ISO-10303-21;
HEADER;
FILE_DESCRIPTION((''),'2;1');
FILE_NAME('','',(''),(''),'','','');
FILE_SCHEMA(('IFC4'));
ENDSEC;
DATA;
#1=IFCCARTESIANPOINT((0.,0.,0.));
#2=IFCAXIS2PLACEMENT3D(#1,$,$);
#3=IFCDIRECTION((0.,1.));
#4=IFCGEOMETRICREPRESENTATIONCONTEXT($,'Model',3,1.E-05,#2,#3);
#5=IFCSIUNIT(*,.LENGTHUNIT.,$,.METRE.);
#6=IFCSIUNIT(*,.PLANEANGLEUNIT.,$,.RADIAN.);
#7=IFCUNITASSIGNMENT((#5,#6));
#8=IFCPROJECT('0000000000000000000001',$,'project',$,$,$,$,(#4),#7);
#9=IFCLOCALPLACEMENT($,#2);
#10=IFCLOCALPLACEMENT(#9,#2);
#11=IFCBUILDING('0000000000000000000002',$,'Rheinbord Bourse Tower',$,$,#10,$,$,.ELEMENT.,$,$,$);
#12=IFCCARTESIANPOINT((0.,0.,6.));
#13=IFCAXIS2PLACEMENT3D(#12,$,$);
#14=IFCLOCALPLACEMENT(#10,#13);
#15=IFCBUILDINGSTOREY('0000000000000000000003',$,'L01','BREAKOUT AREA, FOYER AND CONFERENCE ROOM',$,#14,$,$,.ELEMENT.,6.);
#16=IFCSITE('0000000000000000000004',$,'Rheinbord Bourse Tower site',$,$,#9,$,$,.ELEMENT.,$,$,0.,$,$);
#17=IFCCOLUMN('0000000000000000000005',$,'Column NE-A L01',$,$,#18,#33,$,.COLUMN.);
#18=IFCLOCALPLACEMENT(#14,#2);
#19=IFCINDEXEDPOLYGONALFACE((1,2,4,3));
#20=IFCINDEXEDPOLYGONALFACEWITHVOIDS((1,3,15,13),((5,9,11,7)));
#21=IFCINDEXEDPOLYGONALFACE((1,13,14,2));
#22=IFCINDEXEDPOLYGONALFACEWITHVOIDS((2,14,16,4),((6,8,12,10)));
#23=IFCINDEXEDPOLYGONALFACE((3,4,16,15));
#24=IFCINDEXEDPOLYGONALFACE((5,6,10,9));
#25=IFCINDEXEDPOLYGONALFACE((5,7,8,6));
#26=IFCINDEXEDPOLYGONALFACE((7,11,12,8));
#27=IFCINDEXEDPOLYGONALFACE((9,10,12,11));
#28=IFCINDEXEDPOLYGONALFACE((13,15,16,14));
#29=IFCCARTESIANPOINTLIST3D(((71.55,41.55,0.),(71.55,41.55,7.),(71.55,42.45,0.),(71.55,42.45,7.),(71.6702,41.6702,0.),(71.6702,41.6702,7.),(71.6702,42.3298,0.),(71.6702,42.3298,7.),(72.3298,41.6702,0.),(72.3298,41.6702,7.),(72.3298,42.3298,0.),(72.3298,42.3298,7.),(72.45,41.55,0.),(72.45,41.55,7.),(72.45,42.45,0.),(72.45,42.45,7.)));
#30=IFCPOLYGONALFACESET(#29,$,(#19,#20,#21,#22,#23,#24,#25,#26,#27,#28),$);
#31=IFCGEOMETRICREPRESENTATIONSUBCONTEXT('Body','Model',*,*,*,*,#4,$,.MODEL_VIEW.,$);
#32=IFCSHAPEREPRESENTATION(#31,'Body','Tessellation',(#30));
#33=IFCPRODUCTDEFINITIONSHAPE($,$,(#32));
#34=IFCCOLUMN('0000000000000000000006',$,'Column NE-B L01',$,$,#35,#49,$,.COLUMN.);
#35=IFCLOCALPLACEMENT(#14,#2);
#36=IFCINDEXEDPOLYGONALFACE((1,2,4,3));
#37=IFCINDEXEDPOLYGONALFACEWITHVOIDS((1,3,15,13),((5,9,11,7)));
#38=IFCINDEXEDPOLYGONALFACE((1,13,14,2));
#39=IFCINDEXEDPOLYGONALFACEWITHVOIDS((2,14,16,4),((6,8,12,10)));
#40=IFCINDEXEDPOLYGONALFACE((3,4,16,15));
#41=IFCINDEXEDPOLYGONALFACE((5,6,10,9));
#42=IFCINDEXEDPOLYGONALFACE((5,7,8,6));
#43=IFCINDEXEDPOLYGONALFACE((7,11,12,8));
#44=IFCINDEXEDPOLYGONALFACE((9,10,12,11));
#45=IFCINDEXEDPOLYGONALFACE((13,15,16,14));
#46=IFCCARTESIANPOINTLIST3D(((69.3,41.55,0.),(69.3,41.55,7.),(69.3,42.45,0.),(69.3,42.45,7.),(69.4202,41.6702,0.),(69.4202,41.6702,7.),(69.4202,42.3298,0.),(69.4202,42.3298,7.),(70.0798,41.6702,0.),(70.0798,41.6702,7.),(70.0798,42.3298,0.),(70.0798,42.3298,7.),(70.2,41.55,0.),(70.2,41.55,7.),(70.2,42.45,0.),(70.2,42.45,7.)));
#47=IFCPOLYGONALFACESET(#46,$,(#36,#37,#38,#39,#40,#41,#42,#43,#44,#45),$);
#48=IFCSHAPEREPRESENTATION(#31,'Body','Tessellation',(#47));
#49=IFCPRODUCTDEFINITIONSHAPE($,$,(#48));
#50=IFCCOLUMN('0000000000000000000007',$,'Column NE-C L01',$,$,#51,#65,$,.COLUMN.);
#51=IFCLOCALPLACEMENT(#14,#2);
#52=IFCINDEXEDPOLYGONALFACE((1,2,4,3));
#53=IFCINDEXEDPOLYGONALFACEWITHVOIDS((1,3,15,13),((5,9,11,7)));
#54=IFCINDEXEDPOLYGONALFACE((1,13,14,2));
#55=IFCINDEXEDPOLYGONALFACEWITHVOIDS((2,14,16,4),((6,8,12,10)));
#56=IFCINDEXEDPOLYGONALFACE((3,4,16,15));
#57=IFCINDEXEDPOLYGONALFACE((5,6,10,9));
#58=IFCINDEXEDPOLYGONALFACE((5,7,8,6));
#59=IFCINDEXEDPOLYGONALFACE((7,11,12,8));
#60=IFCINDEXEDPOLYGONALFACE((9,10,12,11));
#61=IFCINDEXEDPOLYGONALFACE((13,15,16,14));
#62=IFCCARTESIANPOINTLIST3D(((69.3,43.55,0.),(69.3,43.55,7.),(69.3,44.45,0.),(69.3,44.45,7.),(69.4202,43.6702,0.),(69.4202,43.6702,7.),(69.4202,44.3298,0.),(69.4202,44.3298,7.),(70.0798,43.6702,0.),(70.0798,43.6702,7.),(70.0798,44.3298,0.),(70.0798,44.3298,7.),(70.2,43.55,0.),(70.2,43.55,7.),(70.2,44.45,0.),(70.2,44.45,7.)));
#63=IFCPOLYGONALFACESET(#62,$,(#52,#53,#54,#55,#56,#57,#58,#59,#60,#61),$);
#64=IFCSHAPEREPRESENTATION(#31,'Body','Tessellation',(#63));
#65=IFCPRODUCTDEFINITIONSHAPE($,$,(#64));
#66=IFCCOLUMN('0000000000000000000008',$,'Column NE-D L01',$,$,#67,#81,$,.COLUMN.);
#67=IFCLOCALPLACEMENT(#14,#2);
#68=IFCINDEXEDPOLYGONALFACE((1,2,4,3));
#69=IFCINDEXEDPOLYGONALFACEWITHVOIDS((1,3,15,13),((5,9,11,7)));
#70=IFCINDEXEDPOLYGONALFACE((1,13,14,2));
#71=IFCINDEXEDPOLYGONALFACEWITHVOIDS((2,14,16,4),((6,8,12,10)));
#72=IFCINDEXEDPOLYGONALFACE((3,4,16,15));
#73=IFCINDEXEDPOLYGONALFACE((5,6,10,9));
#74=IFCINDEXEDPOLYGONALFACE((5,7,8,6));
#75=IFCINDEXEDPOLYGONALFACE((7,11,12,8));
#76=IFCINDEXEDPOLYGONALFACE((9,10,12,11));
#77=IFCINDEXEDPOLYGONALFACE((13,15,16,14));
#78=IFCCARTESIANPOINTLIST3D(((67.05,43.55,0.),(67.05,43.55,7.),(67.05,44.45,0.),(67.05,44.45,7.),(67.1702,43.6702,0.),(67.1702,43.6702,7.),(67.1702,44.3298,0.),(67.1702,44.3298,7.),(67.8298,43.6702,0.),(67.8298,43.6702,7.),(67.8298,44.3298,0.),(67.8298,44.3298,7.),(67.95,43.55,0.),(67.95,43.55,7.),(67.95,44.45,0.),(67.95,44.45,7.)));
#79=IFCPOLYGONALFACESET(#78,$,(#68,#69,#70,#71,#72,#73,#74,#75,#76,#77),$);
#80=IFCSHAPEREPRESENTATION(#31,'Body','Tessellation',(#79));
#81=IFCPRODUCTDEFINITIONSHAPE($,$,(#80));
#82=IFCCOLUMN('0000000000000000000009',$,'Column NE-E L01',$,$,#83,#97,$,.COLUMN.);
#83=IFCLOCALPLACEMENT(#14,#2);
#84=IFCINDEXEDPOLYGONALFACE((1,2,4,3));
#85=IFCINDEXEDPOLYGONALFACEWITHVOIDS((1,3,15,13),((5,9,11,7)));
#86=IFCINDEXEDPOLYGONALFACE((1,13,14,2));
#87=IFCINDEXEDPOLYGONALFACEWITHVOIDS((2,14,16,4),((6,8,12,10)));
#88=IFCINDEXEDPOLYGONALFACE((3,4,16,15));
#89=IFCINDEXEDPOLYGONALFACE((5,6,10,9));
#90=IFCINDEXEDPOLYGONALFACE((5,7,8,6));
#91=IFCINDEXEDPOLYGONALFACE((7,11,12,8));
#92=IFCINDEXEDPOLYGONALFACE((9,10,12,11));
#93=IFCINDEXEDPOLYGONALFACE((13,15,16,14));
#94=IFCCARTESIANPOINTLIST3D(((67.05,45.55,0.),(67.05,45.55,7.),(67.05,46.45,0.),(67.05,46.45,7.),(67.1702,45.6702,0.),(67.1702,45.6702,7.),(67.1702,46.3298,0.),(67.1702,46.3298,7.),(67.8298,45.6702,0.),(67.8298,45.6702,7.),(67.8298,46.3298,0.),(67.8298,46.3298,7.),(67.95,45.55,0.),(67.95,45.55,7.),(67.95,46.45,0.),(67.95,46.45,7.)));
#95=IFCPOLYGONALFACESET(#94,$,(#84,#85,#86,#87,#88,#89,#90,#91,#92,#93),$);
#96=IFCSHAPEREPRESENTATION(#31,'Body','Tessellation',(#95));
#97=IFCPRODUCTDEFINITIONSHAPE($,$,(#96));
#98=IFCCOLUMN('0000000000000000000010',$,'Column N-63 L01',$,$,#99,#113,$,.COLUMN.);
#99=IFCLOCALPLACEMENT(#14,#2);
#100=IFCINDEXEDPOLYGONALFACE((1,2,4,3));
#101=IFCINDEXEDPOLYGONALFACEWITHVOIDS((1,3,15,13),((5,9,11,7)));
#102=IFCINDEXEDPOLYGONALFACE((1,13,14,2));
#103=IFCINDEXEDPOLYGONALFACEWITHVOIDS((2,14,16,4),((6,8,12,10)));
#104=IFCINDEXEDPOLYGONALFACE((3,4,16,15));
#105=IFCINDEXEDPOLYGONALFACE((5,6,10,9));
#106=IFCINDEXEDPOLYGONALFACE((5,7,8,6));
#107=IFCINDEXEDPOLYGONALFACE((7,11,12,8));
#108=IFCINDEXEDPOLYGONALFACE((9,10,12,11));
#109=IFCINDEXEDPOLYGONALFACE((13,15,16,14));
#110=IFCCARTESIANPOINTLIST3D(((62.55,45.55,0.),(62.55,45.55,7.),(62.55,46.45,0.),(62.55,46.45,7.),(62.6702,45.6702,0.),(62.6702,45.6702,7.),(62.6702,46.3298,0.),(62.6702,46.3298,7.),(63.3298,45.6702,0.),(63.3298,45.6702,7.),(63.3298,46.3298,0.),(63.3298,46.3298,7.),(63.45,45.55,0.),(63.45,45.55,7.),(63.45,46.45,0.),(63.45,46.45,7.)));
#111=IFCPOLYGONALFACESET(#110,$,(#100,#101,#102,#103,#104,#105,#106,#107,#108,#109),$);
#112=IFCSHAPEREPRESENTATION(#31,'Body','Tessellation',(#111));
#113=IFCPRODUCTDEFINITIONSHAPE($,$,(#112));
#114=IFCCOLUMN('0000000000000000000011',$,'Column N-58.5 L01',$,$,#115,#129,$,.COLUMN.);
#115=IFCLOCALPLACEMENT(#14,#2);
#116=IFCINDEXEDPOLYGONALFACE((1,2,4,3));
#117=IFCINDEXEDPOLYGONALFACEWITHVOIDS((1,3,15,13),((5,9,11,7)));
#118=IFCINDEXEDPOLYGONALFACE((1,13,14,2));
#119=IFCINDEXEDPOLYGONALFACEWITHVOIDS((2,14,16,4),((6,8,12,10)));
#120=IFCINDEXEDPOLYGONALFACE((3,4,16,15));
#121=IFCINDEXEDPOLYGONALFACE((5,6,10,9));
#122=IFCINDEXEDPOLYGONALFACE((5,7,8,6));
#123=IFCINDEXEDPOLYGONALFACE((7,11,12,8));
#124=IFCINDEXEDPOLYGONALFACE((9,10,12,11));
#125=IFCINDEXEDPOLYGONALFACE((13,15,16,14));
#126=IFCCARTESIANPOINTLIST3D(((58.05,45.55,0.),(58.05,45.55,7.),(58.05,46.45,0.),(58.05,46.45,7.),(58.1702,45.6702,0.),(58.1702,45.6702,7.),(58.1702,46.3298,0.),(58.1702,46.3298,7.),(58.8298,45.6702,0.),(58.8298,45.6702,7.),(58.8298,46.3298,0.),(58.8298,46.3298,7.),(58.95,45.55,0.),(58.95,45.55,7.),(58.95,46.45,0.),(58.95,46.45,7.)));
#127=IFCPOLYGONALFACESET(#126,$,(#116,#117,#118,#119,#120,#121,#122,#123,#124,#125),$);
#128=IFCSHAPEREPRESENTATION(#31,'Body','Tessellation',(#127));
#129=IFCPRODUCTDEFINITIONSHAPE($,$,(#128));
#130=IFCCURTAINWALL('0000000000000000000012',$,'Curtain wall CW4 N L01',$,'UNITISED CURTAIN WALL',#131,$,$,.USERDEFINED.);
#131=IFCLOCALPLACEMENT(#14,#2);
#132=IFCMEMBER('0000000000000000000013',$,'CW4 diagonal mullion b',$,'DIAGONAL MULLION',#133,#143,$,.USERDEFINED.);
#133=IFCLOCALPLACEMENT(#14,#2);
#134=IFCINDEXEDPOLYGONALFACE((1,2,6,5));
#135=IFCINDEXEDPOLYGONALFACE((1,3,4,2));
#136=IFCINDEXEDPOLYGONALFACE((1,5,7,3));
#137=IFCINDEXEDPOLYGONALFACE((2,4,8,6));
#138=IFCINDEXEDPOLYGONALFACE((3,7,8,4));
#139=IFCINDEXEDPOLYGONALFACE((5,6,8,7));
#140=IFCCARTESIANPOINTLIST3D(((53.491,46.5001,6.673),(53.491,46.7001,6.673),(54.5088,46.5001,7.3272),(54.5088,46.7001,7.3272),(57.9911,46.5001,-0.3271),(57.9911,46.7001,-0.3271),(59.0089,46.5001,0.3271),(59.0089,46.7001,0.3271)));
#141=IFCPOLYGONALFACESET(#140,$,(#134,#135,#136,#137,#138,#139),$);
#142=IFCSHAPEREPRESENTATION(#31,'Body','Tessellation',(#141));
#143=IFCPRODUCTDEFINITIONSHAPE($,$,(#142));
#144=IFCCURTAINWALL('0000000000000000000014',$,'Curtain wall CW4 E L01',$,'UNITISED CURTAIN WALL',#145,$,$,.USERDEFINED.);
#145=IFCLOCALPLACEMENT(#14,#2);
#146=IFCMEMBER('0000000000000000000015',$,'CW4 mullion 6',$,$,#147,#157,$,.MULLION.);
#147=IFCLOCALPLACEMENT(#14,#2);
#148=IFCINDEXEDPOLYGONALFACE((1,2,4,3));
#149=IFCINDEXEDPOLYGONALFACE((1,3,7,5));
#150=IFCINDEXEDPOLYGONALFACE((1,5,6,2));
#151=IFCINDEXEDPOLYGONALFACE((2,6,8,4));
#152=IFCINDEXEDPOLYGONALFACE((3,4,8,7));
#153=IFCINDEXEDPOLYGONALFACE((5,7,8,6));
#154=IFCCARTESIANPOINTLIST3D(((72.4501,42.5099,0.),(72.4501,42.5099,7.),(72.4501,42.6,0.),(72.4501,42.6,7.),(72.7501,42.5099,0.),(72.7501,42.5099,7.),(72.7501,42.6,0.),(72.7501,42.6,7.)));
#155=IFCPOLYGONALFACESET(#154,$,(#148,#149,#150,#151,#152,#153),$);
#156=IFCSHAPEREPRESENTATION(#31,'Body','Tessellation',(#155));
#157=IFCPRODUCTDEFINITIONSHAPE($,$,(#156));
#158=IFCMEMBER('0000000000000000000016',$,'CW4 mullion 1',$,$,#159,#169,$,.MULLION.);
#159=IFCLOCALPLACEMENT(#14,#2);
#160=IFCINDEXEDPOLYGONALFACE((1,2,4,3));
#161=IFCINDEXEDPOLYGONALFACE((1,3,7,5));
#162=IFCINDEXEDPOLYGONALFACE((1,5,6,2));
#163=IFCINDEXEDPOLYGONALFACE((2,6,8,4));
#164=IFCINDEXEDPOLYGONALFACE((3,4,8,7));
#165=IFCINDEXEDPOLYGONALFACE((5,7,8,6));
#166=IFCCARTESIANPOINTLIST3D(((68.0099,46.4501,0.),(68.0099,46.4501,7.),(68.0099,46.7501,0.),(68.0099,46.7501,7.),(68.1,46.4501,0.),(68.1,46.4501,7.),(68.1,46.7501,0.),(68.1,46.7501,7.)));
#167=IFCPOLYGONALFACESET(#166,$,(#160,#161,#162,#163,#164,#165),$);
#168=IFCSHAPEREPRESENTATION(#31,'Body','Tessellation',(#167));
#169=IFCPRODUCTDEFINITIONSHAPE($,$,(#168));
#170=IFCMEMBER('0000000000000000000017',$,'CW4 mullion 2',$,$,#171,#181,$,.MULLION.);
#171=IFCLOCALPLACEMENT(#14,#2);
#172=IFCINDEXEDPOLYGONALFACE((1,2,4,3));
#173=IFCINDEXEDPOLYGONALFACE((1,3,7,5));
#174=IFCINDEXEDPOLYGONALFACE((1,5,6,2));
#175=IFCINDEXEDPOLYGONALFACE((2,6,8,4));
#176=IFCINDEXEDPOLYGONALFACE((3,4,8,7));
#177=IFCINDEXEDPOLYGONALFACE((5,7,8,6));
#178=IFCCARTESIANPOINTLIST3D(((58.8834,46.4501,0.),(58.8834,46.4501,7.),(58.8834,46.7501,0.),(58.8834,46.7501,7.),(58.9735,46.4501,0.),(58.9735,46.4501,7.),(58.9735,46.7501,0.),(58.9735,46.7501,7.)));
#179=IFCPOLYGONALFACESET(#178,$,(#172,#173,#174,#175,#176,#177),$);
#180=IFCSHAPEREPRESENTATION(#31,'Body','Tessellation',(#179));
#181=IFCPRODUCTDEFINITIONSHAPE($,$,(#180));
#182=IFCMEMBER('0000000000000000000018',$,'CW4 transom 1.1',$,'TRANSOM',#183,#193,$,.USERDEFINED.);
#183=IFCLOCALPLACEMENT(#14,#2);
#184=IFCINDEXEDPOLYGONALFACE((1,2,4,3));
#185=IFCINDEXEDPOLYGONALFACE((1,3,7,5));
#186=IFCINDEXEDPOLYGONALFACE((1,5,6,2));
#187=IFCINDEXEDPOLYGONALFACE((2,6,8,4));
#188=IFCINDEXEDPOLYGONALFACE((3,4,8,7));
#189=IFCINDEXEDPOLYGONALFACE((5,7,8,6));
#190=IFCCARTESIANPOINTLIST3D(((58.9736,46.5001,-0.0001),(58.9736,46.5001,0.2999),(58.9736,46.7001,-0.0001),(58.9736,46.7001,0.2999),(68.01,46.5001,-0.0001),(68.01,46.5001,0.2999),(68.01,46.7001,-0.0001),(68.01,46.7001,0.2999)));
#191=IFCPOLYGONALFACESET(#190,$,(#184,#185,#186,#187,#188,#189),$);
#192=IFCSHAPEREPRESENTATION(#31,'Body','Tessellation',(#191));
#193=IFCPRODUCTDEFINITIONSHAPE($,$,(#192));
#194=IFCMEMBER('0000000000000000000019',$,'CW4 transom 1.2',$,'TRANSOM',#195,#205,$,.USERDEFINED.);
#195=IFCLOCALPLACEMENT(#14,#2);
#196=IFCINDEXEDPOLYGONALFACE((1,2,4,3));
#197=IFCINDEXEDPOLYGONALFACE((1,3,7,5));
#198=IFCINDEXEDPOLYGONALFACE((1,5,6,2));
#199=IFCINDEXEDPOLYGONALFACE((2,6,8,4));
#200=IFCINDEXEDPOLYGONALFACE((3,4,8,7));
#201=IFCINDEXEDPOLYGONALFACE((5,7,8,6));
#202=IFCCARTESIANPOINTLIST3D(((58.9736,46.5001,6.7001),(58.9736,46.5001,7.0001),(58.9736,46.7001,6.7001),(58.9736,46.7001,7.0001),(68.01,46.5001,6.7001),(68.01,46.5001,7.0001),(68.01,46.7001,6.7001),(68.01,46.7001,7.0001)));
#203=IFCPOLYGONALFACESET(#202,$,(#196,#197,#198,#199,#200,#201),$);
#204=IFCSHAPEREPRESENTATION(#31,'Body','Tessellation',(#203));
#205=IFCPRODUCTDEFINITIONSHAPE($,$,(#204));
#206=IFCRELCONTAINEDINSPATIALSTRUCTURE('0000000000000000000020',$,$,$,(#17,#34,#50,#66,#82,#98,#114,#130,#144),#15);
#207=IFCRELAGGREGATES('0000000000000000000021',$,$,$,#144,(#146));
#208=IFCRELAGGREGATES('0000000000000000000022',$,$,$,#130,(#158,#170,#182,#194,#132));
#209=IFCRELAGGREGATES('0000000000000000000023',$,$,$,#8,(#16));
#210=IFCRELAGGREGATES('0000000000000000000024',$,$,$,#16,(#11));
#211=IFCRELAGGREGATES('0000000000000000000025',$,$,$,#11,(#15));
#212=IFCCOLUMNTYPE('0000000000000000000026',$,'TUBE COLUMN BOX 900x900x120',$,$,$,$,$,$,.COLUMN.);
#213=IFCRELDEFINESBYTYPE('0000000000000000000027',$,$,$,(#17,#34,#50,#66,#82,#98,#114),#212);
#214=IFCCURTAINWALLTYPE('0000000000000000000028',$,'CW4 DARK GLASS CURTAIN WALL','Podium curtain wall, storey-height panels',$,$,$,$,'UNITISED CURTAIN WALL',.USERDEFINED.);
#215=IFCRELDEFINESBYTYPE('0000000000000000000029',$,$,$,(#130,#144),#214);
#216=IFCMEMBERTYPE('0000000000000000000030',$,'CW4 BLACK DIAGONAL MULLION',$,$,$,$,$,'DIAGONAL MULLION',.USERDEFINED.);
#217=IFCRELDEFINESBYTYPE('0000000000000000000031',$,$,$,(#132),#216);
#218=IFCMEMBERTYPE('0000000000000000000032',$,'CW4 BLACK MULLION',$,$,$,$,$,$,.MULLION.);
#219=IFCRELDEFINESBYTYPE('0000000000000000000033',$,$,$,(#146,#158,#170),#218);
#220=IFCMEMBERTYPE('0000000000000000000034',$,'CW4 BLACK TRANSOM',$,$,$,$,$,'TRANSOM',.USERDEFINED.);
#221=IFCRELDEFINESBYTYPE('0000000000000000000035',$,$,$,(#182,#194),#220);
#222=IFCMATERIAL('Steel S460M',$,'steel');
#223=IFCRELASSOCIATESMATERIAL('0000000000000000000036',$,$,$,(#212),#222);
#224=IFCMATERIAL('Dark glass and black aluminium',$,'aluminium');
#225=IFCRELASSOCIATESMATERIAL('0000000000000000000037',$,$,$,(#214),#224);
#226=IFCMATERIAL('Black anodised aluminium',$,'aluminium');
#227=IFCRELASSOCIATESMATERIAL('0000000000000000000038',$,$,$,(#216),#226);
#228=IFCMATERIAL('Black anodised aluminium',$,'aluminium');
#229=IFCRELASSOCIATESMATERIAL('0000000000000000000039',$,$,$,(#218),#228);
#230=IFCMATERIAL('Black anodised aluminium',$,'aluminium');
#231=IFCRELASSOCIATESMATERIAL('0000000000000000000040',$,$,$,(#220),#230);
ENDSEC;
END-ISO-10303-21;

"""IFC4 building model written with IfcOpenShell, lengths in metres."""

from ifc_helpers import new_model, si_unit, direction, frame, origin, origin_2d, place, context, subcontext, project, spatial, rectangle, hollow_rectangle, extrude, material, material_profile, profile_set, type_object, element, aggregate, save


model = new_model("IFC4")

# Units and contexts
model_context = context("Model", 3, precision=1e-05, world=origin(), true_north=direction((0.0, 1.0)))
body_context = subcontext(model_context, "Body", "Model", "MODEL_VIEW")
ifc_project = project(units=[si_unit("LENGTHUNIT", "METRE"), si_unit("PLANEANGLEUNIT", "RADIAN")], contexts=[model_context])

# Site, building, storey
site_placement = place(None, origin())
site = spatial("IfcSite", under=ifc_project, at=site_placement, Name="Rheinbord Bourse Tower site", CompositionType="ELEMENT", RefElevation=0.0)
building_placement = place(site_placement, origin())
building = spatial("IfcBuilding", under=site, at=building_placement, Name="Rheinbord Bourse Tower", CompositionType="ELEMENT")
storey_placement = place(building_placement, frame((0.0, 0.0, 6.0)))
storey = spatial("IfcBuildingStorey", under=building, at=storey_placement, Name="L01", Description="BREAKOUT AREA, FOYER AND CONFERENCE ROOM", CompositionType="ELEMENT", Elevation=6.0)

# Columns
ifc_material_1 = material(Name="Steel S460M", Category="steel")
ifc_material_profile_1 = material_profile(ifc_material_1, hollow_rectangle(XDim=0.8999, YDim=0.8999, WallThickness=0.1201, at=origin_2d()), Name="BOX 900x900x120")
ifc_profile_set_1 = profile_set([ifc_material_profile_1], Name="Steel S460M")
column_type = type_object("IfcColumnType", Name="TUBE COLUMN BOX 900x900x120", PredefinedType="COLUMN", material=ifc_profile_set_1)
for number, where, z_axis, x_axis, name in (
    (1, (72.0, 42.0, 0.0), (0.0, 0.0, 1.0), (1.0, 0.0, 0.0), "Column NE-A L01"),
    (2, (69.75, 42.0, 0.0), (0.0, 0.0, 1.0), (1.0, 0.0, 0.0), "Column NE-B L01"),
    (3, (69.75, 44.0, 0.0), (0.0, 0.0, 1.0), (1.0, 0.0, 0.0), "Column NE-C L01"),
    (4, (67.5, 44.0, 0.0), (0.0, 0.0, 1.0), (0.0, 1.0, 0.0), "Column NE-D L01"),
    (5, (67.5, 46.0, 0.0), (0.0, 0.0, 1.0), (0.0, 1.0, 0.0), "Column NE-E L01"),
    (6, (63.0, 46.0, 0.0), (0.0, 0.0, 1.0), (0.0, 1.0, 0.0), "Column N-63 L01"),
    (7, (58.5, 46.0, 0.0), (0.0, 0.0, 1.0), (0.0, 1.0, 0.0), "Column N-58.5 L01"),
):
    element("IfcColumn", number, at=place(storey_placement, frame(where, z_axis=z_axis, x_axis=x_axis)), inside=storey, type_object=column_type, Name=name, PredefinedType="COLUMN", context=body_context, shape_type="SweptSolid", body=[
        extrude(hollow_rectangle(XDim=0.8999, YDim=0.8999, WallThickness=0.1201, at=origin_2d()), origin(), (0.0, 0.0, 1.0), 7.0),
    ])

# Curtain walls, members
ifc_material_2 = material(Name="Dark glass and black aluminium", Category="aluminium")
curtain_wall_type = type_object("IfcCurtainWallType", Name="CW4 DARK GLASS CURTAIN WALL", Description="Podium curtain wall, storey-height panels", ElementType="UNITISED CURTAIN WALL", PredefinedType="USERDEFINED", material=ifc_material_2)
curtain_wall_1_placement = place(storey_placement, origin())
curtain_wall_1 = element("IfcCurtainWall", 8, at=curtain_wall_1_placement, inside=storey, type_object=curtain_wall_type, Name="Curtain wall CW4 N L01", ObjectType="UNITISED CURTAIN WALL", PredefinedType="USERDEFINED")
ifc_material_3 = material(Name="Black anodised aluminium", Category="aluminium")
ifc_material_profile_2 = material_profile(ifc_material_3, rectangle(XDim=0.2, YDim=1.21, at=origin_2d()), Name="CW4 DIAGONAL MULLION 1210x200")
ifc_profile_set_2 = profile_set([ifc_material_profile_2], Name="Black anodised aluminium")
member_type_1 = type_object("IfcMemberType", Name="CW4 BLACK DIAGONAL MULLION", ElementType="DIAGONAL MULLION", PredefinedType="USERDEFINED", material=ifc_profile_set_2)
member_1_placement = place(storey_placement, frame((58.5, 46.6001, 0.0), z_axis=(-0.540758, 0.0, 0.841178), x_axis=(0.0, -1.0, 0.0)))
member_1 = element("IfcMember", 9, at=member_1_placement, type_object=member_type_1, Name="CW4 diagonal mullion b", ObjectType="DIAGONAL MULLION", PredefinedType="USERDEFINED", context=body_context, shape_type="SweptSolid", body=[
    extrude(rectangle(XDim=0.2, YDim=1.21, at=origin_2d()), origin(), (0.0, 0.0, 1.0), 8.3218),
])
curtain_wall_2_placement = place(storey_placement, origin())
curtain_wall_2 = element("IfcCurtainWall", 10, at=curtain_wall_2_placement, inside=storey, type_object=curtain_wall_type, Name="Curtain wall CW4 E L01", ObjectType="UNITISED CURTAIN WALL", PredefinedType="USERDEFINED")
ifc_material_4 = material(Name="Black anodised aluminium", Category="aluminium")
ifc_material_profile_3 = material_profile(ifc_material_4, rectangle(XDim=0.3, YDim=0.0901, at=origin_2d()), Name="CW4 MULLION 90x300")
ifc_profile_set_3 = profile_set([ifc_material_profile_3], Name="Black anodised aluminium")
member_type_2 = type_object("IfcMemberType", Name="CW4 BLACK MULLION", PredefinedType="MULLION", material=ifc_profile_set_3)
member_2_placement = place(storey_placement, frame((72.6001, 42.5549, 0.0), z_axis=(0.0, 0.0, 1.0), x_axis=(-1.0, 0.0, 0.0)))
member_2 = element("IfcMember", 11, at=member_2_placement, type_object=member_type_2, Name="CW4 mullion 6", PredefinedType="MULLION", context=body_context, shape_type="SweptSolid", body=[
    extrude(rectangle(XDim=0.3, YDim=0.0901, at=origin_2d()), origin(), (0.0, 0.0, 1.0), 7.0),
])

# Members
member_3_placement = place(storey_placement, frame((68.0549, 46.6001, 0.0), z_axis=(0.0, 0.0, 1.0), x_axis=(0.0, -1.0, 0.0)))
member_3 = element("IfcMember", 12, at=member_3_placement, type_object=member_type_2, Name="CW4 mullion 1", PredefinedType="MULLION", context=body_context, shape_type="SweptSolid", body=[
    extrude(rectangle(XDim=0.3, YDim=0.0901, at=origin_2d()), origin(), (0.0, 0.0, 1.0), 7.0),
])
member_4_placement = place(storey_placement, frame((58.9285, 46.6001, 0.0), z_axis=(0.0, 0.0, 1.0), x_axis=(0.0, -1.0, 0.0)))
member_4 = element("IfcMember", 13, at=member_4_placement, type_object=member_type_2, Name="CW4 mullion 2", PredefinedType="MULLION", context=body_context, shape_type="SweptSolid", body=[
    extrude(rectangle(XDim=0.3, YDim=0.0901, at=origin_2d()), origin(), (0.0, 0.0, 1.0), 7.0),
])
ifc_material_5 = material(Name="Black anodised aluminium", Category="aluminium")
ifc_material_profile_4 = material_profile(ifc_material_5, rectangle(XDim=0.2, YDim=0.3, at=origin_2d()), Name="CW4 TRANSOM 300x200")
ifc_profile_set_4 = profile_set([ifc_material_profile_4], Name="Black anodised aluminium")
member_type_3 = type_object("IfcMemberType", Name="CW4 BLACK TRANSOM", ElementType="TRANSOM", PredefinedType="USERDEFINED", material=ifc_profile_set_4)
member_5_placement = place(storey_placement, frame((68.01, 46.6001, 0.1499), z_axis=(-1.0, 0.0, 0.0), x_axis=(0.0, -1.0, 0.0)))
member_5 = element("IfcMember", 14, at=member_5_placement, type_object=member_type_3, Name="CW4 transom 1.1", ObjectType="TRANSOM", PredefinedType="USERDEFINED", context=body_context, shape_type="SweptSolid", body=[
    extrude(rectangle(XDim=0.2, YDim=0.3, at=origin_2d()), origin(), (0.0, 0.0, 1.0), 9.0364),
])
member_6_placement = place(storey_placement, frame((68.01, 46.6001, 6.8501), z_axis=(-1.0, 0.0, 0.0), x_axis=(0.0, -1.0, 0.0)))
member_6 = element("IfcMember", 15, at=member_6_placement, type_object=member_type_3, Name="CW4 transom 1.2", ObjectType="TRANSOM", PredefinedType="USERDEFINED", context=body_context, shape_type="SweptSolid", body=[
    extrude(rectangle(XDim=0.2, YDim=0.3, at=origin_2d()), origin(), (0.0, 0.0, 1.0), 9.0364),
])

aggregate(curtain_wall_2, [member_2])
aggregate(curtain_wall_1, [member_3, member_4, member_5, member_6, member_1])

save(model, "model.ifc")
